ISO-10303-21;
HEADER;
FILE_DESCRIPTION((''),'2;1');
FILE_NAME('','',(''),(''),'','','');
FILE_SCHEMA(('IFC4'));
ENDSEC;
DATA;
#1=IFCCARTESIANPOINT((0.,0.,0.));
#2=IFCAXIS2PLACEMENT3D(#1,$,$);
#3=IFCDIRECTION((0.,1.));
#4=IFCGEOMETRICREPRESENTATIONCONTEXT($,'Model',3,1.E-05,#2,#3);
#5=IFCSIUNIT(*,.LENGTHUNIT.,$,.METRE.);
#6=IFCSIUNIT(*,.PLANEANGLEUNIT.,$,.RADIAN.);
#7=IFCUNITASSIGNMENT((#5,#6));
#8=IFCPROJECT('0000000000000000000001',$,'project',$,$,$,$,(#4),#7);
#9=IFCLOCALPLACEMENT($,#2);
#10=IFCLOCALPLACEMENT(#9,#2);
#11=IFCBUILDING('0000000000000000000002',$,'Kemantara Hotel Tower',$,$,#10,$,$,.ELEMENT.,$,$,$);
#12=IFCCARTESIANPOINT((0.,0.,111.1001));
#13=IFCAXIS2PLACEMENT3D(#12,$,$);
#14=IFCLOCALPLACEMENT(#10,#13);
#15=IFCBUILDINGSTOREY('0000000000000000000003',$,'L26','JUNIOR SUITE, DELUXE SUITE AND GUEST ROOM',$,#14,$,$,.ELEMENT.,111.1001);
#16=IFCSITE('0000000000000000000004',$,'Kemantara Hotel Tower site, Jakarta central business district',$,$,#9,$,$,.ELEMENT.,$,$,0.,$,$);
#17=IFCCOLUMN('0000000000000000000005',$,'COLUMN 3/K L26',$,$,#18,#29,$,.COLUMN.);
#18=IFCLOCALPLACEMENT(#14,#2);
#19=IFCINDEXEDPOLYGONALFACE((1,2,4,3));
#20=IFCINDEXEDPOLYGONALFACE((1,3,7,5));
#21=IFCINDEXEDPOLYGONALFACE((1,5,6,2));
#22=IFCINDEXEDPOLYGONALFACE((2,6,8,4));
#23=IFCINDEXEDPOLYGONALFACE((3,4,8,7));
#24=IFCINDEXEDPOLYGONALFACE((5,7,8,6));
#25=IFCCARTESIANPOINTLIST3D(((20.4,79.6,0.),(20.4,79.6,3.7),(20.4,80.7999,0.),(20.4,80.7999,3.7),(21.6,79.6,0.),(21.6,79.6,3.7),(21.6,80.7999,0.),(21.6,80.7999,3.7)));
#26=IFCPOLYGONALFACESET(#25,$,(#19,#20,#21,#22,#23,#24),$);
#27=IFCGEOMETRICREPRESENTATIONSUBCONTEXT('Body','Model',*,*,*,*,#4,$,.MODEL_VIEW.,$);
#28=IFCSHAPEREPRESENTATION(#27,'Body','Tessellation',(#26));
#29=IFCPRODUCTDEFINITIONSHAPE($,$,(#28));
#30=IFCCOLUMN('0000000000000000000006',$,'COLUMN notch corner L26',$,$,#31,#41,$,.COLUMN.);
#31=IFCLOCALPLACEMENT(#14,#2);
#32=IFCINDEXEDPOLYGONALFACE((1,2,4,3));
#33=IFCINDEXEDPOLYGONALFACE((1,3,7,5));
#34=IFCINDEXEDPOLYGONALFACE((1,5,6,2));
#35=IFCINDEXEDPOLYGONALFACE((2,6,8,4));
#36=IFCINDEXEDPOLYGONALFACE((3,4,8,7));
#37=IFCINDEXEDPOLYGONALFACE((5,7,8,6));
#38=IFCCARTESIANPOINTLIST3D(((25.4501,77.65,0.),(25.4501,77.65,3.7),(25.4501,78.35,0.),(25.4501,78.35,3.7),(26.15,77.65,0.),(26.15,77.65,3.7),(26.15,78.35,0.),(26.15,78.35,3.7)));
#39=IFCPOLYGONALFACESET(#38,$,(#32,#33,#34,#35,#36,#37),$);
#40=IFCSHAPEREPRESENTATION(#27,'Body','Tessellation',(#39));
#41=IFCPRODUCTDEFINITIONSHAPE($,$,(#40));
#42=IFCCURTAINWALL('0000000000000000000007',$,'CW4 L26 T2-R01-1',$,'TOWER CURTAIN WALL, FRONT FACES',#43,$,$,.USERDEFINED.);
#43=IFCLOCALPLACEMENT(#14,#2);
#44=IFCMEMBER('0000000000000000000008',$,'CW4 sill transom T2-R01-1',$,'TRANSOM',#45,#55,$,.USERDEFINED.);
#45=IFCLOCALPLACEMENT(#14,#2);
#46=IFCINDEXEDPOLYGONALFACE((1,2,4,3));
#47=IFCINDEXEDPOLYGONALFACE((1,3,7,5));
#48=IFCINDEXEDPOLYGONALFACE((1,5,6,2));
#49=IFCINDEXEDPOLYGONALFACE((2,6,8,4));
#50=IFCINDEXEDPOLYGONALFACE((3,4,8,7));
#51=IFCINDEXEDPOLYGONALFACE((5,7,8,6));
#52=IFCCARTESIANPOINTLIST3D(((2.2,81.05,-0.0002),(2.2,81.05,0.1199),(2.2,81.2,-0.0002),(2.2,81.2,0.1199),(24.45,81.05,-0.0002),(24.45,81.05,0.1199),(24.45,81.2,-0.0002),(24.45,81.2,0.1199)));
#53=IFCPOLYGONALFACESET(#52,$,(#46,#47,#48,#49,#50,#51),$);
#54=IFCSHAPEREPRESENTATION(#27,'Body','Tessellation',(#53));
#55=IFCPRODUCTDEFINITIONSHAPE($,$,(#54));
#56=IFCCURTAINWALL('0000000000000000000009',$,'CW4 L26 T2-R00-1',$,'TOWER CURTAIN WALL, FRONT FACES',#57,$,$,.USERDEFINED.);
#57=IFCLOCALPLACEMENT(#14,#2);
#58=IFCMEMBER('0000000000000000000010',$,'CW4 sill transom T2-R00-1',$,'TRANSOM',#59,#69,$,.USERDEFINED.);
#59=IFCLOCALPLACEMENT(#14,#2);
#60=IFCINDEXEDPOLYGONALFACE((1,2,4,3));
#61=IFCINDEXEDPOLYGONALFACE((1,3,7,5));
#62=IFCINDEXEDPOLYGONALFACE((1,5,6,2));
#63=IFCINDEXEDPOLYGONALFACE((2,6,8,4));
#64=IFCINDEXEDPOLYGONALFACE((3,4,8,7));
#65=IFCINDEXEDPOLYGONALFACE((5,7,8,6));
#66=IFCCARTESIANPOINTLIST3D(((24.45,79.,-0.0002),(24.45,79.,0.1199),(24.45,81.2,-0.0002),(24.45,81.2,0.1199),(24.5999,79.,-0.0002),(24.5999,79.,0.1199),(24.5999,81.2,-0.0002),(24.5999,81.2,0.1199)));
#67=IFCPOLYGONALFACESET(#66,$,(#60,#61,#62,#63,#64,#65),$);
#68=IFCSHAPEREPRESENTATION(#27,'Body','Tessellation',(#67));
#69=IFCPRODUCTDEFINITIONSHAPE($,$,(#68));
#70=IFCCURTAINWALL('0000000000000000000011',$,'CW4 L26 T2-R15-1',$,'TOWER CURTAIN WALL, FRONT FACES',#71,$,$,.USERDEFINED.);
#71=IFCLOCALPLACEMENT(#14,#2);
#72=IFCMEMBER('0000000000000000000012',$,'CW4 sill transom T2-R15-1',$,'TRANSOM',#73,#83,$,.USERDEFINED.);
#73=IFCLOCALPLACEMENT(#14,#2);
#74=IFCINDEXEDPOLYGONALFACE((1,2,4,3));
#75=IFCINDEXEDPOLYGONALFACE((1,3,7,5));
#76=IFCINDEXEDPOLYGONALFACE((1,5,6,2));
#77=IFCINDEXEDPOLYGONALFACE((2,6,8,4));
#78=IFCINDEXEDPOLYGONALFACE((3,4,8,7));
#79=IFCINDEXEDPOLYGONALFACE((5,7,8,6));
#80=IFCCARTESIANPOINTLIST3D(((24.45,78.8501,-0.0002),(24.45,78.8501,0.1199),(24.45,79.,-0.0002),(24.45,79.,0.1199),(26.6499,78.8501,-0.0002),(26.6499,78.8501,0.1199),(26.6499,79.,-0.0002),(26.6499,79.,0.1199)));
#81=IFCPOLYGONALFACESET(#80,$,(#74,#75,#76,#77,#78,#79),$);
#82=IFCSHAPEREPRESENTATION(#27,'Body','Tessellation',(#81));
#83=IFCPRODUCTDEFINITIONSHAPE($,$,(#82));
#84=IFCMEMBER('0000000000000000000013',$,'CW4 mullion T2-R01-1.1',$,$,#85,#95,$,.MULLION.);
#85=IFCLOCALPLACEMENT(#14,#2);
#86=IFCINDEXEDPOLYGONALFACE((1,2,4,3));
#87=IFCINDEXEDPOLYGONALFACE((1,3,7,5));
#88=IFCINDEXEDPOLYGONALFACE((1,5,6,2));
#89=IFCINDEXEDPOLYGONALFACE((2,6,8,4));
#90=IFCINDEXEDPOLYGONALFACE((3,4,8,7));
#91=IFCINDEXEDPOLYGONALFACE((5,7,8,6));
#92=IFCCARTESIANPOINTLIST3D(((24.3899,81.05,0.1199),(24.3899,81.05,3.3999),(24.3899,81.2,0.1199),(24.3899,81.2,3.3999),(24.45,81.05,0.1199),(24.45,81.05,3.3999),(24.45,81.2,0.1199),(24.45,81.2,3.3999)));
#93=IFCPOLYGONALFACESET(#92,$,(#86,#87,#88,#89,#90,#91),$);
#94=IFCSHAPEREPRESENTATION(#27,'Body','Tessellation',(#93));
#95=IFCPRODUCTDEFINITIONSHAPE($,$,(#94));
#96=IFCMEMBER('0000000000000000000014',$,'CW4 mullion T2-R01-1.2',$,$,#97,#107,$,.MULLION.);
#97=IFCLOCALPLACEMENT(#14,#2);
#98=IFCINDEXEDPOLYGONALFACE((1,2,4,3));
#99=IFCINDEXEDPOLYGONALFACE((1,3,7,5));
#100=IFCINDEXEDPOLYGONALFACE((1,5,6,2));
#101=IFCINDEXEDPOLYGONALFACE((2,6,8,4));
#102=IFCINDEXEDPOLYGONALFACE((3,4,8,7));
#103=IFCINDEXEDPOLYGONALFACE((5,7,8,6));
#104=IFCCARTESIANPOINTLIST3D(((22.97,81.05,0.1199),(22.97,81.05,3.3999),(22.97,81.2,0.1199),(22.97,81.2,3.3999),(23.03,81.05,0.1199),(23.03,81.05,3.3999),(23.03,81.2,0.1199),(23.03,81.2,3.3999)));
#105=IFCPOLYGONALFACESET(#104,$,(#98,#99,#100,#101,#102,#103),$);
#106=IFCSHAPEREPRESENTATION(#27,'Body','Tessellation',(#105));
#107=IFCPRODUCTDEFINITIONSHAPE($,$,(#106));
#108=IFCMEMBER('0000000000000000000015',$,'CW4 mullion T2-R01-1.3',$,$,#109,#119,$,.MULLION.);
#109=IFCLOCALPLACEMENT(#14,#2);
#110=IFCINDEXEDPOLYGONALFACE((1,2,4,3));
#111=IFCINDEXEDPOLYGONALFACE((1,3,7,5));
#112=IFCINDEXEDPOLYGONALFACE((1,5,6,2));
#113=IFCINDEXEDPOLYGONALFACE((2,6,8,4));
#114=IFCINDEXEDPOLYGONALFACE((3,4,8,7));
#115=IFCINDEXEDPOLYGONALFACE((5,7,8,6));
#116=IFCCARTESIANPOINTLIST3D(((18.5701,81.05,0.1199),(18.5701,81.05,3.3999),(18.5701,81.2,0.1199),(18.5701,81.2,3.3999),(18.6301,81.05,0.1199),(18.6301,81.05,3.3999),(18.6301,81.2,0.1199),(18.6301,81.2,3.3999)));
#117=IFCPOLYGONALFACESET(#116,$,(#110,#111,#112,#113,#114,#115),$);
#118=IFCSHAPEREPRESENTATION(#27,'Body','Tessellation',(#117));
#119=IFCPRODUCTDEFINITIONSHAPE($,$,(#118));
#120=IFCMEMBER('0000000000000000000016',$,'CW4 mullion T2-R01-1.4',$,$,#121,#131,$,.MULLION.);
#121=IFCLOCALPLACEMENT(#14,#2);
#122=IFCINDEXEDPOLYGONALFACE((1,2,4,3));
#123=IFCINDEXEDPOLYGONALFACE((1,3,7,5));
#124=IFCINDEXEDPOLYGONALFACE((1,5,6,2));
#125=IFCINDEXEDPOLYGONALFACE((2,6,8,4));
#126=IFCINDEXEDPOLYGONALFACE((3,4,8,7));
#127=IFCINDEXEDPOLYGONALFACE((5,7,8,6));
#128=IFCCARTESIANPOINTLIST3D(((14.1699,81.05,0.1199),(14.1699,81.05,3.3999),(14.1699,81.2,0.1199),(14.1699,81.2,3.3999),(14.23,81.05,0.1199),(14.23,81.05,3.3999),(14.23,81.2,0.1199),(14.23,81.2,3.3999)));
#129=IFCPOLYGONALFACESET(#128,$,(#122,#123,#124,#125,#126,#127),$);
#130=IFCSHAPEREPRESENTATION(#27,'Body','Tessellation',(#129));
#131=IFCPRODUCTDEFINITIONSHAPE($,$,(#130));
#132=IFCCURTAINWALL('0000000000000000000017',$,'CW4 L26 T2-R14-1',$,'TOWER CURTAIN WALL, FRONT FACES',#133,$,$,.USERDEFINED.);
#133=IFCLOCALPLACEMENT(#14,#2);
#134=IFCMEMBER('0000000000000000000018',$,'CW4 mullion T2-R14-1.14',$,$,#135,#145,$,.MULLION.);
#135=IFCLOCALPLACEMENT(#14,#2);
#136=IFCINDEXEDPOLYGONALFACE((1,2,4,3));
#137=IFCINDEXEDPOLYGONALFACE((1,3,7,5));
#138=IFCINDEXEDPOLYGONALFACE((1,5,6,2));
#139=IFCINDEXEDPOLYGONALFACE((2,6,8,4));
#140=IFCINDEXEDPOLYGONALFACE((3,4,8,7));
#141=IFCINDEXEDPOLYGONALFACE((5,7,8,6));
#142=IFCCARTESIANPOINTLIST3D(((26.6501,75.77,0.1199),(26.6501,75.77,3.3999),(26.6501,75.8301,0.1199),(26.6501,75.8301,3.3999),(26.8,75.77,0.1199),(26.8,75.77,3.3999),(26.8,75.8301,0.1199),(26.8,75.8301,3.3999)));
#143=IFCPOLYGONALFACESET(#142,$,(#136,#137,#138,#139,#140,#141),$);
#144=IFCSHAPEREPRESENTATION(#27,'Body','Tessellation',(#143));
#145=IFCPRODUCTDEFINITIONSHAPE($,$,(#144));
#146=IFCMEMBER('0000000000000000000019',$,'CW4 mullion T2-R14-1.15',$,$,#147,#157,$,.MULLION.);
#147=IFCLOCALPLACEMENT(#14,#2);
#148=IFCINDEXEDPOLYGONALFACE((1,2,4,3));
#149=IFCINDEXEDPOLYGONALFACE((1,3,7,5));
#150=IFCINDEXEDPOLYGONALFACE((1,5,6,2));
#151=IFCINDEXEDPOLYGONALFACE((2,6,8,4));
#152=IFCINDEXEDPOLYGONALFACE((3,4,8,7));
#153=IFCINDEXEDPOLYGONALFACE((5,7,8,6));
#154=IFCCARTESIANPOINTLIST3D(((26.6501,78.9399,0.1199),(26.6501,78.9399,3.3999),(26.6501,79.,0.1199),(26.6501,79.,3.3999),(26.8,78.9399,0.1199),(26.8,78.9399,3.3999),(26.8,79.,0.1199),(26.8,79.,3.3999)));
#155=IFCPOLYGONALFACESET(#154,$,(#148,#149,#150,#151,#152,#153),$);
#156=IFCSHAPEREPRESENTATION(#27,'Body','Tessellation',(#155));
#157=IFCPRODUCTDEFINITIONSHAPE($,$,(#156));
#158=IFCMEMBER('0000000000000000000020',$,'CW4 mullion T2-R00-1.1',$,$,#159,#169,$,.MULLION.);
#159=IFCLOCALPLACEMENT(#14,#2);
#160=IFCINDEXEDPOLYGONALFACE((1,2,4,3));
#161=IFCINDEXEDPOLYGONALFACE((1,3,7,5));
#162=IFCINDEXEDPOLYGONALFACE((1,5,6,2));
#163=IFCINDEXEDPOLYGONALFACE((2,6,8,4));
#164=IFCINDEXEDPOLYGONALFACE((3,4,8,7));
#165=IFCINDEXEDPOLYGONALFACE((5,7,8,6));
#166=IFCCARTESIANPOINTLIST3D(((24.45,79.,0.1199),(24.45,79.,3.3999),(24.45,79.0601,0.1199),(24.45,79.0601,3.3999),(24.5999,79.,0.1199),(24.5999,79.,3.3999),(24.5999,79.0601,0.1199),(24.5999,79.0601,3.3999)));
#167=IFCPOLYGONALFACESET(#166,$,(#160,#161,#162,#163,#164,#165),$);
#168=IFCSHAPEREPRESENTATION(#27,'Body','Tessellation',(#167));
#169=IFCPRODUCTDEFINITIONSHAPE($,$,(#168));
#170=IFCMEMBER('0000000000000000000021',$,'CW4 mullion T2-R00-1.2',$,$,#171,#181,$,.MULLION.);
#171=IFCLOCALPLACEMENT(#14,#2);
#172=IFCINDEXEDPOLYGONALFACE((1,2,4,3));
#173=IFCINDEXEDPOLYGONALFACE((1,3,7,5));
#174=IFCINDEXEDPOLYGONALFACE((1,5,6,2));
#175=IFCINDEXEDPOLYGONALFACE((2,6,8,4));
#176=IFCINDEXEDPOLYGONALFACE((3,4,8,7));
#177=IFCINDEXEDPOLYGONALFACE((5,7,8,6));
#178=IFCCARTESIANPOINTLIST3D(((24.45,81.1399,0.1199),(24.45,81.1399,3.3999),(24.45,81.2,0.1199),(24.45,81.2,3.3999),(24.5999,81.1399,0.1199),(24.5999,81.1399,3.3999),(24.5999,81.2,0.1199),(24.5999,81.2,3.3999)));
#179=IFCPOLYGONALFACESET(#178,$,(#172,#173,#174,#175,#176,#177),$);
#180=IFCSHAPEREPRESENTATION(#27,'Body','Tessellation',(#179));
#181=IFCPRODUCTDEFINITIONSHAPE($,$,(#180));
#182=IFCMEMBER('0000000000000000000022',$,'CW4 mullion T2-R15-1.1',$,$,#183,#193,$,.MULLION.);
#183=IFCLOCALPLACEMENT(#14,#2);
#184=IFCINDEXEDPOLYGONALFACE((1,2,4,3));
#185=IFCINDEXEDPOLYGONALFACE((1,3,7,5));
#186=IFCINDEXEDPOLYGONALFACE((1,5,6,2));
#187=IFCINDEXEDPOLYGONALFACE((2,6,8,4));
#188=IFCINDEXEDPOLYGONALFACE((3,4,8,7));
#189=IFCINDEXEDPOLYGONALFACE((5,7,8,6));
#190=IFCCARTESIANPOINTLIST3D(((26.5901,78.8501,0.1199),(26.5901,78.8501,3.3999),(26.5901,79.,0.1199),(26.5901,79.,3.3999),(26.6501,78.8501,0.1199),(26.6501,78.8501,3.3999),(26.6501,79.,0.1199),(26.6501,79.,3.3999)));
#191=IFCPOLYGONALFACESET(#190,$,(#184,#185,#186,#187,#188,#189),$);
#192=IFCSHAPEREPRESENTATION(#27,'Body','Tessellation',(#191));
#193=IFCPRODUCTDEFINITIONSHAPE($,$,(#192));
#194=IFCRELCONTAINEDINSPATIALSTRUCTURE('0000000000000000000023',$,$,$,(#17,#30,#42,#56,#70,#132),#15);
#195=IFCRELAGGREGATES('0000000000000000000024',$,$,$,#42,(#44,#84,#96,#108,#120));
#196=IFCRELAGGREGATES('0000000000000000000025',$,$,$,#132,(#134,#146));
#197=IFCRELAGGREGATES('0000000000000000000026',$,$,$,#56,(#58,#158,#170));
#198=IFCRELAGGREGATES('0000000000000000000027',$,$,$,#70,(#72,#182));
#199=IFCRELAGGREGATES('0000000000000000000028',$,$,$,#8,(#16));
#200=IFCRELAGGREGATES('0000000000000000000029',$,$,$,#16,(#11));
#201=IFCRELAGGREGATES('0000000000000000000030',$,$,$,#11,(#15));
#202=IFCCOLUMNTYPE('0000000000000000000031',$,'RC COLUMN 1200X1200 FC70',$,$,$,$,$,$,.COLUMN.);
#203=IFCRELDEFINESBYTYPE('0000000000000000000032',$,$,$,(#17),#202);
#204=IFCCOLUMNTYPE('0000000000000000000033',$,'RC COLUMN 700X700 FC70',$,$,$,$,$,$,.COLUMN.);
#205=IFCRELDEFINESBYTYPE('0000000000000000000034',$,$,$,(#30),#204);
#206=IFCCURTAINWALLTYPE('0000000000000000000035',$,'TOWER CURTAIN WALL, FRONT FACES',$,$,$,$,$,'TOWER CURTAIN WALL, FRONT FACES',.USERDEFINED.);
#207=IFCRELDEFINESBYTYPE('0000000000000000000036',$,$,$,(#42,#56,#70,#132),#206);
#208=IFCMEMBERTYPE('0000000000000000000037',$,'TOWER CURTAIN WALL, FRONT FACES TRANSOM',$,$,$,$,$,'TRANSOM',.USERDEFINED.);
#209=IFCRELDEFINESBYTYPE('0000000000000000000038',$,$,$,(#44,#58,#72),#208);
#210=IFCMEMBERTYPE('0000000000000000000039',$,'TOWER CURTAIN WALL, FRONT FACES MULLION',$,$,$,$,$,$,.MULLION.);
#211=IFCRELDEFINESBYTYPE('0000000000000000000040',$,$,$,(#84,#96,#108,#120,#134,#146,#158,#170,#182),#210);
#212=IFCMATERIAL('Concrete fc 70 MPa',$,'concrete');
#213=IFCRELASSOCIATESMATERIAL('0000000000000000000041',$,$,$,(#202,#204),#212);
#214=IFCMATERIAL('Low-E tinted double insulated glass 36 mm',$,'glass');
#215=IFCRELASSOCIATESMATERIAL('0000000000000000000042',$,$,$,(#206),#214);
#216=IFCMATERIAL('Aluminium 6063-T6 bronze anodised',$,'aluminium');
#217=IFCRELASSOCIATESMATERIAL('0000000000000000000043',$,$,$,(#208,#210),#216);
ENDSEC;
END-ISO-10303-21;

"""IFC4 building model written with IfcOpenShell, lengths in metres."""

from ifc_helpers import new_model, si_unit, direction, frame, origin, origin_2d, place, context, subcontext, project, spatial, rectangle, extrude, source, transform, mapped, material, material_profile, profile_set, type_object, element, aggregate, save


model = new_model("IFC4")

# Units and contexts
model_context = context("Model", 3, precision=1e-05, world=origin(), true_north=direction((0.0, 1.0)))
body_context = subcontext(model_context, "Body", "Model", "MODEL_VIEW")
ifc_project = project(units=[si_unit("LENGTHUNIT", "METRE"), si_unit("PLANEANGLEUNIT", "RADIAN")], contexts=[model_context])

# Site, building, storey
site_placement = place(None, origin())
site = spatial("IfcSite", under=ifc_project, at=site_placement, Name="Kemantara Hotel Tower site, Jakarta central business district", CompositionType="ELEMENT", RefElevation=0.0)
building_placement = place(site_placement, origin())
building = spatial("IfcBuilding", under=site, at=building_placement, Name="Kemantara Hotel Tower", CompositionType="ELEMENT")
storey_placement = place(building_placement, frame((0.0, 0.0, 111.1001)))
storey = spatial("IfcBuildingStorey", under=building, at=storey_placement, Name="L26", Description="JUNIOR SUITE, DELUXE SUITE AND GUEST ROOM", CompositionType="ELEMENT", Elevation=111.1001)

# Columns
ifc_material_1 = material(Name="Concrete fc 70 MPa", Category="concrete")
ifc_material_profile_1 = material_profile(ifc_material_1, rectangle(XDim=1.2, YDim=1.2, at=origin_2d()), Name="RC 1200X1200")
ifc_profile_set_1 = profile_set([ifc_material_profile_1], Name="Concrete fc 70 MPa")
column_type_1 = type_object("IfcColumnType", Name="RC COLUMN 1200X1200 FC70", PredefinedType="COLUMN", material=ifc_profile_set_1)
column_1_placement = place(storey_placement, frame((21.0, 80.2, 0.0), z_axis=(0.0, 0.0, 1.0), x_axis=(1.0, 0.0, 0.0)))
element("IfcColumn", 1, at=column_1_placement, inside=storey, type_object=column_type_1, Name="COLUMN 3/K L26", PredefinedType="COLUMN", context=body_context, shape_type="SweptSolid", body=[
    extrude(rectangle(XDim=1.2, YDim=1.2, at=origin_2d()), origin(), (0.0, 0.0, 1.0), 3.7),
])
ifc_material_profile_2 = material_profile(ifc_material_1, rectangle(XDim=0.7, YDim=0.7, at=origin_2d()), Name="RC 700X700")
ifc_profile_set_2 = profile_set([ifc_material_profile_2], Name="Concrete fc 70 MPa")
column_type_2 = type_object("IfcColumnType", Name="RC COLUMN 700X700 FC70", PredefinedType="COLUMN", material=ifc_profile_set_2)
column_2_placement = place(storey_placement, frame((25.8, 78.0, 0.0), z_axis=(0.0, 0.0, 1.0), x_axis=(1.0, 0.0, 0.0)))
element("IfcColumn", 2, at=column_2_placement, inside=storey, type_object=column_type_2, Name="COLUMN notch corner L26", PredefinedType="COLUMN", context=body_context, shape_type="SweptSolid", body=[
    extrude(rectangle(XDim=0.7, YDim=0.7, at=origin_2d()), origin(), (0.0, 0.0, 1.0), 3.7),
])

# Curtain walls, members
ifc_material_2 = material(Name="Low-E tinted double insulated glass 36 mm", Category="glass")
curtain_wall_type = type_object("IfcCurtainWallType", Name="TOWER CURTAIN WALL, FRONT FACES", ElementType="TOWER CURTAIN WALL, FRONT FACES", PredefinedType="USERDEFINED", material=ifc_material_2)
curtain_wall_1_placement = place(storey_placement, origin())
curtain_wall_1 = element("IfcCurtainWall", 3, at=curtain_wall_1_placement, inside=storey, type_object=curtain_wall_type, Name="CW4 L26 T2-R01-1", ObjectType="TOWER CURTAIN WALL, FRONT FACES", PredefinedType="USERDEFINED")
ifc_material_3 = material(Name="Aluminium 6063-T6 bronze anodised", Category="aluminium")
ifc_material_profile_3 = material_profile(ifc_material_3, rectangle(XDim=0.1499, YDim=0.1201, at=origin_2d()), Name="TOWER CURTAIN WALL, FRONT FACES TRANSOM")
ifc_profile_set_3 = profile_set([ifc_material_profile_3], Name="Aluminium 6063-T6 bronze anodised")
member_type_1 = type_object("IfcMemberType", Name="TOWER CURTAIN WALL, FRONT FACES TRANSOM", ElementType="TRANSOM", PredefinedType="USERDEFINED", material=ifc_profile_set_3)
member_1_placement = place(storey_placement, frame((24.45, 81.125, 0.0598), z_axis=(-1.0, 0.0, 0.0), x_axis=(0.0, -1.0, 0.0)))
member_1 = element("IfcMember", 4, at=member_1_placement, type_object=member_type_1, Name="CW4 sill transom T2-R01-1", ObjectType="TRANSOM", PredefinedType="USERDEFINED", context=body_context, shape_type="SweptSolid", body=[
    extrude(rectangle(XDim=0.1499, YDim=0.1201, at=origin_2d()), origin(), (0.0, 0.0, 1.0), 22.25),
])
curtain_wall_2_placement = place(storey_placement, origin())
curtain_wall_2 = element("IfcCurtainWall", 5, at=curtain_wall_2_placement, inside=storey, type_object=curtain_wall_type, Name="CW4 L26 T2-R00-1", ObjectType="TOWER CURTAIN WALL, FRONT FACES", PredefinedType="USERDEFINED")
member_2_placement = place(storey_placement, frame((24.5249, 79.0, 0.0598), z_axis=(0.0, 1.0, 0.0), x_axis=(-1.0, 0.0, 0.0)))
member_2 = element("IfcMember", 6, at=member_2_placement, type_object=member_type_1, Name="CW4 sill transom T2-R00-1", ObjectType="TRANSOM", PredefinedType="USERDEFINED", context=body_context, shape_type="SweptSolid", body=[
    extrude(rectangle(XDim=0.1499, YDim=0.1201, at=origin_2d()), origin(), (0.0, 0.0, 1.0), 2.2),
])
curtain_wall_3_placement = place(storey_placement, origin())
curtain_wall_3 = element("IfcCurtainWall", 7, at=curtain_wall_3_placement, inside=storey, type_object=curtain_wall_type, Name="CW4 L26 T2-R15-1", ObjectType="TOWER CURTAIN WALL, FRONT FACES", PredefinedType="USERDEFINED")
member_3_placement = place(storey_placement, frame((26.6499, 78.925, 0.0598), z_axis=(-1.0, 0.0, 0.0), x_axis=(0.0, -1.0, 0.0)))
member_3 = element("IfcMember", 8, at=member_3_placement, type_object=member_type_1, Name="CW4 sill transom T2-R15-1", ObjectType="TRANSOM", PredefinedType="USERDEFINED", context=body_context, shape_type="SweptSolid", body=[
    extrude(rectangle(XDim=0.1499, YDim=0.1201, at=origin_2d()), origin(), (0.0, 0.0, 1.0), 2.2),
])

# Members
ifc_material_profile_4 = material_profile(ifc_material_3, rectangle(XDim=0.1499, YDim=0.0601, at=origin_2d()), Name="TOWER CURTAIN WALL, FRONT FACES MULLION")
ifc_profile_set_4 = profile_set([ifc_material_profile_4], Name="Aluminium 6063-T6 bronze anodised")
member_type_2 = type_object("IfcMemberType", Name="TOWER CURTAIN WALL, FRONT FACES MULLION", PredefinedType="MULLION", material=ifc_profile_set_4)
shared_shape_1 = source(origin(), body_context, "Body", "SweptSolid", [
    extrude(rectangle(XDim=0.1499, YDim=0.0601, at=origin_2d()), origin(), (0.0, 0.0, 1.0), 3.28),
])
member_4_placement = place(storey_placement, frame((24.4199, 81.125, 0.1199), z_axis=(0.0, 0.0, 1.0), x_axis=(0.0, -1.0, 0.0)))
member_4 = element("IfcMember", 9, at=member_4_placement, type_object=member_type_2, Name="CW4 mullion T2-R01-1.1", PredefinedType="MULLION", context=body_context, shape_type="MappedRepresentation", body=[
    mapped(shared_shape_1, transform((0.0, 0.0, 0.0))),
])
member_5_placement = place(storey_placement, frame((23.0, 81.125, 0.1199), z_axis=(0.0, 0.0, 1.0), x_axis=(0.0, -1.0, 0.0)))
member_5 = element("IfcMember", 10, at=member_5_placement, type_object=member_type_2, Name="CW4 mullion T2-R01-1.2", PredefinedType="MULLION", context=body_context, shape_type="MappedRepresentation", body=[
    mapped(shared_shape_1, transform((0.0, 0.0, 0.0))),
])
member_6_placement = place(storey_placement, frame((18.6001, 81.125, 0.1199), z_axis=(0.0, 0.0, 1.0), x_axis=(0.0, -1.0, 0.0)))
member_6 = element("IfcMember", 11, at=member_6_placement, type_object=member_type_2, Name="CW4 mullion T2-R01-1.3", PredefinedType="MULLION", context=body_context, shape_type="MappedRepresentation", body=[
    mapped(shared_shape_1, transform((0.0, 0.0, 0.0))),
])
member_7_placement = place(storey_placement, frame((14.2, 81.125, 0.1199), z_axis=(0.0, 0.0, 1.0), x_axis=(0.0, -1.0, 0.0)))
member_7 = element("IfcMember", 12, at=member_7_placement, type_object=member_type_2, Name="CW4 mullion T2-R01-1.4", PredefinedType="MULLION", context=body_context, shape_type="MappedRepresentation", body=[
    mapped(shared_shape_1, transform((0.0, 0.0, 0.0))),
])

# Curtain wall, members
curtain_wall_4_placement = place(storey_placement, origin())
curtain_wall_4 = element("IfcCurtainWall", 13, at=curtain_wall_4_placement, inside=storey, type_object=curtain_wall_type, Name="CW4 L26 T2-R14-1", ObjectType="TOWER CURTAIN WALL, FRONT FACES", PredefinedType="USERDEFINED")
member_8_placement = place(storey_placement, frame((26.7251, 75.8, 0.1199), z_axis=(0.0, 0.0, 1.0), x_axis=(-1.0, 0.0, 0.0)))
member_8 = element("IfcMember", 14, at=member_8_placement, type_object=member_type_2, Name="CW4 mullion T2-R14-1.14", PredefinedType="MULLION", context=body_context, shape_type="MappedRepresentation", body=[
    mapped(shared_shape_1, transform((0.0, 0.0, 0.0))),
])
member_9_placement = place(storey_placement, frame((26.7251, 78.97, 0.1199), z_axis=(0.0, 0.0, 1.0), x_axis=(-1.0, 0.0, 0.0)))
member_9 = element("IfcMember", 15, at=member_9_placement, type_object=member_type_2, Name="CW4 mullion T2-R14-1.15", PredefinedType="MULLION", context=body_context, shape_type="MappedRepresentation", body=[
    mapped(shared_shape_1, transform((0.0, 0.0, 0.0))),
])

# Members
member_10_placement = place(storey_placement, frame((24.5249, 79.03, 0.1199), z_axis=(0.0, 0.0, 1.0), x_axis=(-1.0, 0.0, 0.0)))
member_10 = element("IfcMember", 16, at=member_10_placement, type_object=member_type_2, Name="CW4 mullion T2-R00-1.1", PredefinedType="MULLION", context=body_context, shape_type="MappedRepresentation", body=[
    mapped(shared_shape_1, transform((0.0, 0.0, 0.0))),
])
member_11_placement = place(storey_placement, frame((24.5249, 81.1699, 0.1199), z_axis=(0.0, 0.0, 1.0), x_axis=(-1.0, 0.0, 0.0)))
member_11 = element("IfcMember", 17, at=member_11_placement, type_object=member_type_2, Name="CW4 mullion T2-R00-1.2", PredefinedType="MULLION", context=body_context, shape_type="MappedRepresentation", body=[
    mapped(shared_shape_1, transform((0.0, 0.0, 0.0))),
])
member_12_placement = place(storey_placement, frame((26.6201, 78.925, 0.1199), z_axis=(0.0, 0.0, 1.0), x_axis=(0.0, -1.0, 0.0)))
member_12 = element("IfcMember", 18, at=member_12_placement, type_object=member_type_2, Name="CW4 mullion T2-R15-1.1", PredefinedType="MULLION", context=body_context, shape_type="MappedRepresentation", body=[
    mapped(shared_shape_1, transform((0.0, 0.0, 0.0))),
])

aggregate(curtain_wall_1, [member_1, member_4, member_5, member_6, member_7])
aggregate(curtain_wall_4, [member_8, member_9])
aggregate(curtain_wall_2, [member_2, member_10, member_11])
aggregate(curtain_wall_3, [member_3, member_12])

save(model, "model.ifc")
